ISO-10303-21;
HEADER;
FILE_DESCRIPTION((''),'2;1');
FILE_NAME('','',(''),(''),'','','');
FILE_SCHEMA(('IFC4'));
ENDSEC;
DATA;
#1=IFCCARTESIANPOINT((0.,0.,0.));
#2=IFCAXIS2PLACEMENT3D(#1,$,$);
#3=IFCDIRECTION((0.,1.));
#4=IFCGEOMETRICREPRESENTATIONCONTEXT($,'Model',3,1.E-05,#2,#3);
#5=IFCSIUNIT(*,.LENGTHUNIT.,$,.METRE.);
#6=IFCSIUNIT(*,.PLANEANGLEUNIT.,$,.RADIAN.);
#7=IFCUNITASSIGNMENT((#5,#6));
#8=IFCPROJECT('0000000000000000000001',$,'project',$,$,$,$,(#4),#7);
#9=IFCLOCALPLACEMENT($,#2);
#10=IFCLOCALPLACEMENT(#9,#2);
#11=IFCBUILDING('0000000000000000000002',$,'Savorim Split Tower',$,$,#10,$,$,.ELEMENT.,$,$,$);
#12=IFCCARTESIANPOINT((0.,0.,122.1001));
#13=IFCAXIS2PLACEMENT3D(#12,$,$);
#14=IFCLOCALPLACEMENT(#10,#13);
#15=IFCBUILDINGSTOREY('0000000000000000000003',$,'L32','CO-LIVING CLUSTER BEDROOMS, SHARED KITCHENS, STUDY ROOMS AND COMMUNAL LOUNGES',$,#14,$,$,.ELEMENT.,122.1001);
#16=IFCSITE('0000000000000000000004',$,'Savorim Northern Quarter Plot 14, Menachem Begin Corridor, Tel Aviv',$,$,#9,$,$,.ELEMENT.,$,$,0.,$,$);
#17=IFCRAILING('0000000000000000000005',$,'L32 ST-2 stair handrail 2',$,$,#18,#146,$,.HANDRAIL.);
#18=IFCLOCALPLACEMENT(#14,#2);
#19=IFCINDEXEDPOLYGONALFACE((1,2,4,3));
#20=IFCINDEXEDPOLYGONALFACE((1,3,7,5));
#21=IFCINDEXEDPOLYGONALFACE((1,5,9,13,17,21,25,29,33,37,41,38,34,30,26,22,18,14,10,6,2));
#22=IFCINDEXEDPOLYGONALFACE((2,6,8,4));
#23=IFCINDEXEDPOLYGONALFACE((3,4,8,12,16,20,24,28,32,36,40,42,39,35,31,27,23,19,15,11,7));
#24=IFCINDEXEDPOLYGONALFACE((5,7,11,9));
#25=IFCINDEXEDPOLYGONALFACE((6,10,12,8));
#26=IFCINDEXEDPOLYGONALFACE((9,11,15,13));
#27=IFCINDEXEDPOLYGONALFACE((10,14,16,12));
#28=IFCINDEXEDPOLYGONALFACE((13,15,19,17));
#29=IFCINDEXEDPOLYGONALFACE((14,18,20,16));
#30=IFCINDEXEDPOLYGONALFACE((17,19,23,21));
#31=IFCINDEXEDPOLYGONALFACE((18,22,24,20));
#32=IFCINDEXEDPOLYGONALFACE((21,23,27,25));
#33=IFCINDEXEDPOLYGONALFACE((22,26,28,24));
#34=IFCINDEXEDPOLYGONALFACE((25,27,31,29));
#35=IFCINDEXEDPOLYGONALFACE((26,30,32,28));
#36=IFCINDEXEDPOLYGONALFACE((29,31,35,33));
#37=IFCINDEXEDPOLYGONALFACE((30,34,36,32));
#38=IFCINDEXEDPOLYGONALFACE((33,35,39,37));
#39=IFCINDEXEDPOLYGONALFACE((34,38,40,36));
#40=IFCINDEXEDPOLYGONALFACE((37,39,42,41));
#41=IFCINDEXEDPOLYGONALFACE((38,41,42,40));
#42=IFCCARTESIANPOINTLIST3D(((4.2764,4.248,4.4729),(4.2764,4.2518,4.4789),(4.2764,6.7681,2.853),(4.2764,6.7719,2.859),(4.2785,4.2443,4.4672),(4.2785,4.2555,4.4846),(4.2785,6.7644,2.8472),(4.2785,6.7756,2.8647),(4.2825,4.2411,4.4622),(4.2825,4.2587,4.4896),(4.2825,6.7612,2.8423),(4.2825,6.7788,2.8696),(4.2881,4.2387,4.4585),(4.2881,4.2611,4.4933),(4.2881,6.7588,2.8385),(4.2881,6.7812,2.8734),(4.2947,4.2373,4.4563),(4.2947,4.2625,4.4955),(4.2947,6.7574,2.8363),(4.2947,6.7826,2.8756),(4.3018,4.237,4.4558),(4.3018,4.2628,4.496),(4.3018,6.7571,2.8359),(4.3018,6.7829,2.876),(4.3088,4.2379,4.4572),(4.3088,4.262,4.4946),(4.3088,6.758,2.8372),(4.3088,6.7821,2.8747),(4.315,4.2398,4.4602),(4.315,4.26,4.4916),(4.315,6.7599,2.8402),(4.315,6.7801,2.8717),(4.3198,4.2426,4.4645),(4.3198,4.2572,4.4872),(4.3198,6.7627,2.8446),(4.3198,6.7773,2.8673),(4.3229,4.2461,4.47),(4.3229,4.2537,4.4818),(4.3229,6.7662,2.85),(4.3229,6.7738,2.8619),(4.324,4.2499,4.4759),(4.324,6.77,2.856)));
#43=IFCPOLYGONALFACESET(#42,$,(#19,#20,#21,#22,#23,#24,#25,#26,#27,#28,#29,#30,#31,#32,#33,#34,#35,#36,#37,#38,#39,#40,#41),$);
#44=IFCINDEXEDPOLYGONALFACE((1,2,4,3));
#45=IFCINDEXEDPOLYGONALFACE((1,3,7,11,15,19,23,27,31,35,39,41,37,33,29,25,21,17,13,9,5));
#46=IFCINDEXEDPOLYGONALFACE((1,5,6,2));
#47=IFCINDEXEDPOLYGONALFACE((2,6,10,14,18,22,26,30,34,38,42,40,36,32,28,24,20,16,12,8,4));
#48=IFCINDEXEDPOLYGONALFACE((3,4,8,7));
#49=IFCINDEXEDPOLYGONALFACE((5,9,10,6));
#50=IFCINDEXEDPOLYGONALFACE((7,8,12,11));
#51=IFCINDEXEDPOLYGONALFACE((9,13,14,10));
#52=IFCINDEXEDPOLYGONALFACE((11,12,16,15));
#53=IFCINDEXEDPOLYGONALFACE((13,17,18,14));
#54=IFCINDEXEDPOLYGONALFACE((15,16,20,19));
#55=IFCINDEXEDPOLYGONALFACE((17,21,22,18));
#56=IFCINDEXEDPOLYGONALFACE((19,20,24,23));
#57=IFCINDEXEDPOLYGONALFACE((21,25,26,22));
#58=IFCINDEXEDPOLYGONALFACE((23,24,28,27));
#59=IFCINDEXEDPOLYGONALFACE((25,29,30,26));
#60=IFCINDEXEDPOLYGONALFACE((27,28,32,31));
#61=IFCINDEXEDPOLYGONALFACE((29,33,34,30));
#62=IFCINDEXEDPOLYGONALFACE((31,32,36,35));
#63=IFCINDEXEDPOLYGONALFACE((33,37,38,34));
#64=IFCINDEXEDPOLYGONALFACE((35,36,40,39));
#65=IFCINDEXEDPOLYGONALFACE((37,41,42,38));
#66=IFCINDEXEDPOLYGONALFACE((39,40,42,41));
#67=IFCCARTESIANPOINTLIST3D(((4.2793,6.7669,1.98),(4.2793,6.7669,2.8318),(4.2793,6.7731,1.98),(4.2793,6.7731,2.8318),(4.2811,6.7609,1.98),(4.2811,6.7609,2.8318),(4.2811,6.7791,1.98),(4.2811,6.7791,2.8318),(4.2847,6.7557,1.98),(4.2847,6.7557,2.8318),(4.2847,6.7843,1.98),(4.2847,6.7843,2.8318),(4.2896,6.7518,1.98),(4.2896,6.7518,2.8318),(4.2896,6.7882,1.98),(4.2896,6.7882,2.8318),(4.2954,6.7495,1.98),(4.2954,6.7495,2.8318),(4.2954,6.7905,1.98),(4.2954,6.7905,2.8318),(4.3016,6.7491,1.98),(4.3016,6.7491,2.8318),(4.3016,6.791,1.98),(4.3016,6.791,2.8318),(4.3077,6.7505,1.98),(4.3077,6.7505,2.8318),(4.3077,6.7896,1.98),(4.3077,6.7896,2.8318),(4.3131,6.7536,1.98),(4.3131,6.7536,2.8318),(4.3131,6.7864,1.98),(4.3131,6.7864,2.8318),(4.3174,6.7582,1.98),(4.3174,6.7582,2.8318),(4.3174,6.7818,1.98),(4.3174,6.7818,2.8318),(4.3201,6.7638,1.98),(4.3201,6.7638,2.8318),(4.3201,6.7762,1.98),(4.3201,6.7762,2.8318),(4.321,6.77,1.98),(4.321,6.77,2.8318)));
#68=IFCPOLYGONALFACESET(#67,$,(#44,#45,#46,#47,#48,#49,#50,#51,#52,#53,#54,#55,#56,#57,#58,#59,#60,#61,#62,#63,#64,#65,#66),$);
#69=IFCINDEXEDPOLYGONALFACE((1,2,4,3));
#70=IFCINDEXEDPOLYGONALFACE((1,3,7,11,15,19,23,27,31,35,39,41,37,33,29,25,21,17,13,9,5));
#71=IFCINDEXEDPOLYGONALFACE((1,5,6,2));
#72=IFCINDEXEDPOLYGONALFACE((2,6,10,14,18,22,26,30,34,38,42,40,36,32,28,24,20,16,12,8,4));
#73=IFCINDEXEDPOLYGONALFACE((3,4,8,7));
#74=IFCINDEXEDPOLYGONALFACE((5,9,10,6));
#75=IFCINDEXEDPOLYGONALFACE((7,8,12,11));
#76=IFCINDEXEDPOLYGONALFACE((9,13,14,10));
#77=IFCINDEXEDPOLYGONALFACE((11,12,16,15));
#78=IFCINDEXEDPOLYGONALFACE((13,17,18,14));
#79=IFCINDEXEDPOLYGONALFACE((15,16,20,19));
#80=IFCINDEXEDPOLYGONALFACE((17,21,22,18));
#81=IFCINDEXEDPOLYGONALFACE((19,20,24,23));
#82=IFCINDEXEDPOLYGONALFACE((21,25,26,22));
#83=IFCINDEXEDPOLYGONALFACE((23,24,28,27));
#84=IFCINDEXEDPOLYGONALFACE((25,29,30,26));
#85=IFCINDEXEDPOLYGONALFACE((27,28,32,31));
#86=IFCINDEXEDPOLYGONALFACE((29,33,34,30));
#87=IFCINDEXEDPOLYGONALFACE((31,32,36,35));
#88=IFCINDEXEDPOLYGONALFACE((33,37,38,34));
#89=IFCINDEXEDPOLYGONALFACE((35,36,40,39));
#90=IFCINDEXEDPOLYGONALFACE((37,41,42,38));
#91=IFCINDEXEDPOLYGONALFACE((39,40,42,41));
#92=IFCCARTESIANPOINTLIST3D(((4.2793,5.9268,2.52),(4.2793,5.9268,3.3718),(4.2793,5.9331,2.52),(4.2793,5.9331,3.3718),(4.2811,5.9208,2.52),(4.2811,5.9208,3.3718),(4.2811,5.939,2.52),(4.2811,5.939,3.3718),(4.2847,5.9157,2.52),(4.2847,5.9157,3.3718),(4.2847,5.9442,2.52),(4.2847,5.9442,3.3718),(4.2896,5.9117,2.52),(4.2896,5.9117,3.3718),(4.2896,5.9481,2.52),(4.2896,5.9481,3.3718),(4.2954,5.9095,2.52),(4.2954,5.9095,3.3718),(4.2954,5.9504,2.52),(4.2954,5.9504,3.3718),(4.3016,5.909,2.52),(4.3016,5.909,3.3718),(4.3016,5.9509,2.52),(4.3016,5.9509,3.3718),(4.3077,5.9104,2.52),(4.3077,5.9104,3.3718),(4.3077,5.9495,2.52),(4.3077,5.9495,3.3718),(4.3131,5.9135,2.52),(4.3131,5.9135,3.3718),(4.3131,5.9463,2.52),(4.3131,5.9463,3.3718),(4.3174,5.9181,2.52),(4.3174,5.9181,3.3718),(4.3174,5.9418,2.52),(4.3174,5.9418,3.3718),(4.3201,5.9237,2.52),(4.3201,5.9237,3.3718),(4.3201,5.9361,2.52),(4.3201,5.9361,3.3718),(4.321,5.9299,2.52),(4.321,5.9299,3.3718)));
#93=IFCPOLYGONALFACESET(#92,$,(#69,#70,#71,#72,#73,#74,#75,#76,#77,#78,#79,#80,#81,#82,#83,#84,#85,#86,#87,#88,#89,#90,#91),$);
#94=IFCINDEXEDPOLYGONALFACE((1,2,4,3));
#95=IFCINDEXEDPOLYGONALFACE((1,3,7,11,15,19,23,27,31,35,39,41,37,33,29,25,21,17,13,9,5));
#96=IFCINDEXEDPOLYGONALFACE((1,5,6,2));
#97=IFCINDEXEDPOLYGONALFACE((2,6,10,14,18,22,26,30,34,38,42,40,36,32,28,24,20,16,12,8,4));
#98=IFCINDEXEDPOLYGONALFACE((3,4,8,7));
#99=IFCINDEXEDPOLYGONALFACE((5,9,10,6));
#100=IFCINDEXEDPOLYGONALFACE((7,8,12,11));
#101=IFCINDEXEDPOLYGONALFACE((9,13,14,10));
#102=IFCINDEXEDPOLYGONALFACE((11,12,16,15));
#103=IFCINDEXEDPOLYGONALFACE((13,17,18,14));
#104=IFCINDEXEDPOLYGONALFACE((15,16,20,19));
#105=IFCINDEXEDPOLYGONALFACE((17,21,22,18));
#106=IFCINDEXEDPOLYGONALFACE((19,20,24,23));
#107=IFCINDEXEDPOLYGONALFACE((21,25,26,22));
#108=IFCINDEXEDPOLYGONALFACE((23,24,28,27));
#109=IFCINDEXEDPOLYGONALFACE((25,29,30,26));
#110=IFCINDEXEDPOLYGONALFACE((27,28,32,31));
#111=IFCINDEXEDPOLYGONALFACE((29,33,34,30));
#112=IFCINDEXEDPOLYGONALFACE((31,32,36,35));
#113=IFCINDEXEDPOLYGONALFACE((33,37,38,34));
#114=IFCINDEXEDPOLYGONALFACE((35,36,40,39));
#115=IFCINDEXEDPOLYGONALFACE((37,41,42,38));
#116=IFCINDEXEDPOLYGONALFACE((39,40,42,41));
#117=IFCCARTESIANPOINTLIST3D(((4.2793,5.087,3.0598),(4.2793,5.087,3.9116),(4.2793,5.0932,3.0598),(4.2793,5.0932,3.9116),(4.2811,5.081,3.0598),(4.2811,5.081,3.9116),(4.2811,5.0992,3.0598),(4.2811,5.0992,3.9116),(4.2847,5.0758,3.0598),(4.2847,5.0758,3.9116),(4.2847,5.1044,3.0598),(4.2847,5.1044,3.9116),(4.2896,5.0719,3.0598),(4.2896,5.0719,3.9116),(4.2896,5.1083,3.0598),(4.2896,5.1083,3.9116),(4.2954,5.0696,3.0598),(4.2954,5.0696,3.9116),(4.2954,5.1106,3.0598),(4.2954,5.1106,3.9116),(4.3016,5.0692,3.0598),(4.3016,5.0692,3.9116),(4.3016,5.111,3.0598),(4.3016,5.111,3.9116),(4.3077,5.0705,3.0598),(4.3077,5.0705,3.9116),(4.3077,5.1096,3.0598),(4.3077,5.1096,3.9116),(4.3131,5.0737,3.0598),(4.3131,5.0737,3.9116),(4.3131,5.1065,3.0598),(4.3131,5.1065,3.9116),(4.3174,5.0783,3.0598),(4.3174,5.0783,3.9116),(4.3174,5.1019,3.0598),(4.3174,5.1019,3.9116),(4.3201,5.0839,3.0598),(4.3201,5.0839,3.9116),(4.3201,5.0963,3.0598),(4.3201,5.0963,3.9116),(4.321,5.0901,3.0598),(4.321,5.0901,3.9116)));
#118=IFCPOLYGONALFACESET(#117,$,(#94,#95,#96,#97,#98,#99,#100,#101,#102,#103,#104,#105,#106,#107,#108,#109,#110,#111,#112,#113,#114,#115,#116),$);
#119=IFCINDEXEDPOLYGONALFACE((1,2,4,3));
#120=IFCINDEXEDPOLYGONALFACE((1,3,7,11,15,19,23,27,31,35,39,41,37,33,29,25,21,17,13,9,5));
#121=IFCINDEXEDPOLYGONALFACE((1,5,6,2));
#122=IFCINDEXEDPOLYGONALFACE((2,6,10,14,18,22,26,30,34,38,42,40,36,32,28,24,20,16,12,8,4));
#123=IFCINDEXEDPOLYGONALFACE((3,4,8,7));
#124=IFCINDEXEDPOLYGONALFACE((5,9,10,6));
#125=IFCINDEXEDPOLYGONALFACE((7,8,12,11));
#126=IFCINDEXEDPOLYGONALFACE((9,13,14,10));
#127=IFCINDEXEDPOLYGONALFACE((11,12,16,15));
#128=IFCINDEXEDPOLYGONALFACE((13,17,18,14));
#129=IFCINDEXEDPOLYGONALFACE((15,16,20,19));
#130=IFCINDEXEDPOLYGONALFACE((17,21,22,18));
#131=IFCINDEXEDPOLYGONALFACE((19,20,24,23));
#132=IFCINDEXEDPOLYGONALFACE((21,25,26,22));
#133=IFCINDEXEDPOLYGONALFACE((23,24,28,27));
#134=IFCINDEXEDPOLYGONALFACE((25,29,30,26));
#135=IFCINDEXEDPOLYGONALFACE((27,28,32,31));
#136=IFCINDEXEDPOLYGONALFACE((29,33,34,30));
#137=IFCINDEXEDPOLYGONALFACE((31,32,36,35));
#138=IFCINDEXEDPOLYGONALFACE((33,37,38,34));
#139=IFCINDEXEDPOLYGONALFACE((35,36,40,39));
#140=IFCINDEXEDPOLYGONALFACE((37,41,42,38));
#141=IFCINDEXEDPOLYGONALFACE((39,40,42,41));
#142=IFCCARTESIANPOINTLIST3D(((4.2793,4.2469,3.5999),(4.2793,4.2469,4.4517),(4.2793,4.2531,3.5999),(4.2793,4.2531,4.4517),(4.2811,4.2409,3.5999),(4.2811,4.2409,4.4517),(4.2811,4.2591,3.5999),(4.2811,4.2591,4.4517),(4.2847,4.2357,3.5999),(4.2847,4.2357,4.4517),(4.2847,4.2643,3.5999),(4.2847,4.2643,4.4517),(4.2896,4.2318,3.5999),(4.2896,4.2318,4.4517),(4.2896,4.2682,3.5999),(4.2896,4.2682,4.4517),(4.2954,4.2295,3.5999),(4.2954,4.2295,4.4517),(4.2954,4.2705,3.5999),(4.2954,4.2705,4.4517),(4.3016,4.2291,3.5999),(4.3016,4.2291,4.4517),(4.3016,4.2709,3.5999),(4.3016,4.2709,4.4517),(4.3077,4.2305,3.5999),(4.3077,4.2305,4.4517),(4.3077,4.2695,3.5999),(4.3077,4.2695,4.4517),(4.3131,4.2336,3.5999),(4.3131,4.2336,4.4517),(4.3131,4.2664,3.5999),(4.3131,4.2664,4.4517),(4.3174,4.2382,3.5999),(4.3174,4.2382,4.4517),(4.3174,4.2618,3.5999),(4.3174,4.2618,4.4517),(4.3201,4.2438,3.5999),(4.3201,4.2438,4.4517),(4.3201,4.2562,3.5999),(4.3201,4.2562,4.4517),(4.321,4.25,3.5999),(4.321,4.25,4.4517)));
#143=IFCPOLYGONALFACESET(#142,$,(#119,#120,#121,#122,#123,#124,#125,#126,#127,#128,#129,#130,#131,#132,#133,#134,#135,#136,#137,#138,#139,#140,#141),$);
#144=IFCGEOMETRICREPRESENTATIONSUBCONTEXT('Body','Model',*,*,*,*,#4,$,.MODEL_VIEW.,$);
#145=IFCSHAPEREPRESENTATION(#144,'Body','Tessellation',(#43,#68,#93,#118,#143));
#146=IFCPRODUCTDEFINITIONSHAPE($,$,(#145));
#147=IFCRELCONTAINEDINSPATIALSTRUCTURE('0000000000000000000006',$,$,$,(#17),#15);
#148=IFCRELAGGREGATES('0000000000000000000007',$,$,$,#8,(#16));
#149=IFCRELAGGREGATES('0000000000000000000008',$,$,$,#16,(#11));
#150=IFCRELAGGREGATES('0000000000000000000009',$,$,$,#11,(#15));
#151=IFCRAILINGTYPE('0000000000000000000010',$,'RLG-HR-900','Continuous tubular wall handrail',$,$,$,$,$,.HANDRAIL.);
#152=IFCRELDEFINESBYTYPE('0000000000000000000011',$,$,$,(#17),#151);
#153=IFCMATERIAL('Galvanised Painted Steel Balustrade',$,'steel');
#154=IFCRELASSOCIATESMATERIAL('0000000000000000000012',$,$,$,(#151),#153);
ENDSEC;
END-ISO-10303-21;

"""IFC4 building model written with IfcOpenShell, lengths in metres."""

from ifc_helpers import new_model, si_unit, direction, frame, origin, origin_2d, place, context, subcontext, project, spatial, circle, extrude, material, type_object, element, save


model = new_model("IFC4")

# Units and contexts
model_context = context("Model", 3, precision=1e-05, world=origin(), true_north=direction((0.0, 1.0)))
body_context = subcontext(model_context, "Body", "Model", "MODEL_VIEW")
ifc_project = project(units=[si_unit("LENGTHUNIT", "METRE"), si_unit("PLANEANGLEUNIT", "RADIAN")], contexts=[model_context])

# Site, building, storey
site_placement = place(None, origin())
site = spatial("IfcSite", under=ifc_project, at=site_placement, Name="Savorim Northern Quarter Plot 14, Menachem Begin Corridor, Tel Aviv", CompositionType="ELEMENT", RefElevation=0.0)
building_placement = place(site_placement, origin())
building = spatial("IfcBuilding", under=site, at=building_placement, Name="Savorim Split Tower", CompositionType="ELEMENT")
storey_placement = place(building_placement, frame((0.0, 0.0, 122.1001)))
storey = spatial("IfcBuildingStorey", under=building, at=storey_placement, Name="L32", Description="CO-LIVING CLUSTER BEDROOMS, SHARED KITCHENS, STUDY ROOMS AND COMMUNAL LOUNGES", CompositionType="ELEMENT", Elevation=122.1001)

# Railing
ifc_material_1 = material(Name="Galvanised Painted Steel Balustrade", Category="steel")
railing_type_1 = type_object("IfcRailingType", Name="RLG-HR-900", Description="Continuous tubular wall handrail", PredefinedType="HANDRAIL", material=ifc_material_1)
railing_1_placement = place(storey_placement, frame((4.3, 6.77, 1.98)))
element("IfcRailing", 1, at=railing_1_placement, inside=storey, type_object=railing_type_1, Name="L32 ST-2 stair handrail 2", PredefinedType="HANDRAIL", context=body_context, shape_type="SweptSolid", body=[
    extrude(circle(Radius=0.0239, at=origin_2d()), frame((0.0, 0.0, 0.876), z_axis=(0.0, -0.8412, 0.540725), x_axis=(1.0, 0.0, 0.0)), (0.0, 0.0, 1.0), 2.9958),
    extrude(circle(Radius=0.021, at=origin_2d()), origin(), (0.0, 0.0, 1.0), 0.8518),
    extrude(circle(Radius=0.021, at=origin_2d()), frame((0.0, -0.8401, 0.54)), (0.0, 0.0, 1.0), 0.8518),
    extrude(circle(Radius=0.021, at=origin_2d()), frame((0.0, -1.6799, 1.0798)), (0.0, 0.0, 1.0), 0.8518),
    extrude(circle(Radius=0.021, at=origin_2d()), frame((0.0, -2.52, 1.6199)), (0.0, 0.0, 1.0), 0.8518),
])

save(model, "model.ifc")
